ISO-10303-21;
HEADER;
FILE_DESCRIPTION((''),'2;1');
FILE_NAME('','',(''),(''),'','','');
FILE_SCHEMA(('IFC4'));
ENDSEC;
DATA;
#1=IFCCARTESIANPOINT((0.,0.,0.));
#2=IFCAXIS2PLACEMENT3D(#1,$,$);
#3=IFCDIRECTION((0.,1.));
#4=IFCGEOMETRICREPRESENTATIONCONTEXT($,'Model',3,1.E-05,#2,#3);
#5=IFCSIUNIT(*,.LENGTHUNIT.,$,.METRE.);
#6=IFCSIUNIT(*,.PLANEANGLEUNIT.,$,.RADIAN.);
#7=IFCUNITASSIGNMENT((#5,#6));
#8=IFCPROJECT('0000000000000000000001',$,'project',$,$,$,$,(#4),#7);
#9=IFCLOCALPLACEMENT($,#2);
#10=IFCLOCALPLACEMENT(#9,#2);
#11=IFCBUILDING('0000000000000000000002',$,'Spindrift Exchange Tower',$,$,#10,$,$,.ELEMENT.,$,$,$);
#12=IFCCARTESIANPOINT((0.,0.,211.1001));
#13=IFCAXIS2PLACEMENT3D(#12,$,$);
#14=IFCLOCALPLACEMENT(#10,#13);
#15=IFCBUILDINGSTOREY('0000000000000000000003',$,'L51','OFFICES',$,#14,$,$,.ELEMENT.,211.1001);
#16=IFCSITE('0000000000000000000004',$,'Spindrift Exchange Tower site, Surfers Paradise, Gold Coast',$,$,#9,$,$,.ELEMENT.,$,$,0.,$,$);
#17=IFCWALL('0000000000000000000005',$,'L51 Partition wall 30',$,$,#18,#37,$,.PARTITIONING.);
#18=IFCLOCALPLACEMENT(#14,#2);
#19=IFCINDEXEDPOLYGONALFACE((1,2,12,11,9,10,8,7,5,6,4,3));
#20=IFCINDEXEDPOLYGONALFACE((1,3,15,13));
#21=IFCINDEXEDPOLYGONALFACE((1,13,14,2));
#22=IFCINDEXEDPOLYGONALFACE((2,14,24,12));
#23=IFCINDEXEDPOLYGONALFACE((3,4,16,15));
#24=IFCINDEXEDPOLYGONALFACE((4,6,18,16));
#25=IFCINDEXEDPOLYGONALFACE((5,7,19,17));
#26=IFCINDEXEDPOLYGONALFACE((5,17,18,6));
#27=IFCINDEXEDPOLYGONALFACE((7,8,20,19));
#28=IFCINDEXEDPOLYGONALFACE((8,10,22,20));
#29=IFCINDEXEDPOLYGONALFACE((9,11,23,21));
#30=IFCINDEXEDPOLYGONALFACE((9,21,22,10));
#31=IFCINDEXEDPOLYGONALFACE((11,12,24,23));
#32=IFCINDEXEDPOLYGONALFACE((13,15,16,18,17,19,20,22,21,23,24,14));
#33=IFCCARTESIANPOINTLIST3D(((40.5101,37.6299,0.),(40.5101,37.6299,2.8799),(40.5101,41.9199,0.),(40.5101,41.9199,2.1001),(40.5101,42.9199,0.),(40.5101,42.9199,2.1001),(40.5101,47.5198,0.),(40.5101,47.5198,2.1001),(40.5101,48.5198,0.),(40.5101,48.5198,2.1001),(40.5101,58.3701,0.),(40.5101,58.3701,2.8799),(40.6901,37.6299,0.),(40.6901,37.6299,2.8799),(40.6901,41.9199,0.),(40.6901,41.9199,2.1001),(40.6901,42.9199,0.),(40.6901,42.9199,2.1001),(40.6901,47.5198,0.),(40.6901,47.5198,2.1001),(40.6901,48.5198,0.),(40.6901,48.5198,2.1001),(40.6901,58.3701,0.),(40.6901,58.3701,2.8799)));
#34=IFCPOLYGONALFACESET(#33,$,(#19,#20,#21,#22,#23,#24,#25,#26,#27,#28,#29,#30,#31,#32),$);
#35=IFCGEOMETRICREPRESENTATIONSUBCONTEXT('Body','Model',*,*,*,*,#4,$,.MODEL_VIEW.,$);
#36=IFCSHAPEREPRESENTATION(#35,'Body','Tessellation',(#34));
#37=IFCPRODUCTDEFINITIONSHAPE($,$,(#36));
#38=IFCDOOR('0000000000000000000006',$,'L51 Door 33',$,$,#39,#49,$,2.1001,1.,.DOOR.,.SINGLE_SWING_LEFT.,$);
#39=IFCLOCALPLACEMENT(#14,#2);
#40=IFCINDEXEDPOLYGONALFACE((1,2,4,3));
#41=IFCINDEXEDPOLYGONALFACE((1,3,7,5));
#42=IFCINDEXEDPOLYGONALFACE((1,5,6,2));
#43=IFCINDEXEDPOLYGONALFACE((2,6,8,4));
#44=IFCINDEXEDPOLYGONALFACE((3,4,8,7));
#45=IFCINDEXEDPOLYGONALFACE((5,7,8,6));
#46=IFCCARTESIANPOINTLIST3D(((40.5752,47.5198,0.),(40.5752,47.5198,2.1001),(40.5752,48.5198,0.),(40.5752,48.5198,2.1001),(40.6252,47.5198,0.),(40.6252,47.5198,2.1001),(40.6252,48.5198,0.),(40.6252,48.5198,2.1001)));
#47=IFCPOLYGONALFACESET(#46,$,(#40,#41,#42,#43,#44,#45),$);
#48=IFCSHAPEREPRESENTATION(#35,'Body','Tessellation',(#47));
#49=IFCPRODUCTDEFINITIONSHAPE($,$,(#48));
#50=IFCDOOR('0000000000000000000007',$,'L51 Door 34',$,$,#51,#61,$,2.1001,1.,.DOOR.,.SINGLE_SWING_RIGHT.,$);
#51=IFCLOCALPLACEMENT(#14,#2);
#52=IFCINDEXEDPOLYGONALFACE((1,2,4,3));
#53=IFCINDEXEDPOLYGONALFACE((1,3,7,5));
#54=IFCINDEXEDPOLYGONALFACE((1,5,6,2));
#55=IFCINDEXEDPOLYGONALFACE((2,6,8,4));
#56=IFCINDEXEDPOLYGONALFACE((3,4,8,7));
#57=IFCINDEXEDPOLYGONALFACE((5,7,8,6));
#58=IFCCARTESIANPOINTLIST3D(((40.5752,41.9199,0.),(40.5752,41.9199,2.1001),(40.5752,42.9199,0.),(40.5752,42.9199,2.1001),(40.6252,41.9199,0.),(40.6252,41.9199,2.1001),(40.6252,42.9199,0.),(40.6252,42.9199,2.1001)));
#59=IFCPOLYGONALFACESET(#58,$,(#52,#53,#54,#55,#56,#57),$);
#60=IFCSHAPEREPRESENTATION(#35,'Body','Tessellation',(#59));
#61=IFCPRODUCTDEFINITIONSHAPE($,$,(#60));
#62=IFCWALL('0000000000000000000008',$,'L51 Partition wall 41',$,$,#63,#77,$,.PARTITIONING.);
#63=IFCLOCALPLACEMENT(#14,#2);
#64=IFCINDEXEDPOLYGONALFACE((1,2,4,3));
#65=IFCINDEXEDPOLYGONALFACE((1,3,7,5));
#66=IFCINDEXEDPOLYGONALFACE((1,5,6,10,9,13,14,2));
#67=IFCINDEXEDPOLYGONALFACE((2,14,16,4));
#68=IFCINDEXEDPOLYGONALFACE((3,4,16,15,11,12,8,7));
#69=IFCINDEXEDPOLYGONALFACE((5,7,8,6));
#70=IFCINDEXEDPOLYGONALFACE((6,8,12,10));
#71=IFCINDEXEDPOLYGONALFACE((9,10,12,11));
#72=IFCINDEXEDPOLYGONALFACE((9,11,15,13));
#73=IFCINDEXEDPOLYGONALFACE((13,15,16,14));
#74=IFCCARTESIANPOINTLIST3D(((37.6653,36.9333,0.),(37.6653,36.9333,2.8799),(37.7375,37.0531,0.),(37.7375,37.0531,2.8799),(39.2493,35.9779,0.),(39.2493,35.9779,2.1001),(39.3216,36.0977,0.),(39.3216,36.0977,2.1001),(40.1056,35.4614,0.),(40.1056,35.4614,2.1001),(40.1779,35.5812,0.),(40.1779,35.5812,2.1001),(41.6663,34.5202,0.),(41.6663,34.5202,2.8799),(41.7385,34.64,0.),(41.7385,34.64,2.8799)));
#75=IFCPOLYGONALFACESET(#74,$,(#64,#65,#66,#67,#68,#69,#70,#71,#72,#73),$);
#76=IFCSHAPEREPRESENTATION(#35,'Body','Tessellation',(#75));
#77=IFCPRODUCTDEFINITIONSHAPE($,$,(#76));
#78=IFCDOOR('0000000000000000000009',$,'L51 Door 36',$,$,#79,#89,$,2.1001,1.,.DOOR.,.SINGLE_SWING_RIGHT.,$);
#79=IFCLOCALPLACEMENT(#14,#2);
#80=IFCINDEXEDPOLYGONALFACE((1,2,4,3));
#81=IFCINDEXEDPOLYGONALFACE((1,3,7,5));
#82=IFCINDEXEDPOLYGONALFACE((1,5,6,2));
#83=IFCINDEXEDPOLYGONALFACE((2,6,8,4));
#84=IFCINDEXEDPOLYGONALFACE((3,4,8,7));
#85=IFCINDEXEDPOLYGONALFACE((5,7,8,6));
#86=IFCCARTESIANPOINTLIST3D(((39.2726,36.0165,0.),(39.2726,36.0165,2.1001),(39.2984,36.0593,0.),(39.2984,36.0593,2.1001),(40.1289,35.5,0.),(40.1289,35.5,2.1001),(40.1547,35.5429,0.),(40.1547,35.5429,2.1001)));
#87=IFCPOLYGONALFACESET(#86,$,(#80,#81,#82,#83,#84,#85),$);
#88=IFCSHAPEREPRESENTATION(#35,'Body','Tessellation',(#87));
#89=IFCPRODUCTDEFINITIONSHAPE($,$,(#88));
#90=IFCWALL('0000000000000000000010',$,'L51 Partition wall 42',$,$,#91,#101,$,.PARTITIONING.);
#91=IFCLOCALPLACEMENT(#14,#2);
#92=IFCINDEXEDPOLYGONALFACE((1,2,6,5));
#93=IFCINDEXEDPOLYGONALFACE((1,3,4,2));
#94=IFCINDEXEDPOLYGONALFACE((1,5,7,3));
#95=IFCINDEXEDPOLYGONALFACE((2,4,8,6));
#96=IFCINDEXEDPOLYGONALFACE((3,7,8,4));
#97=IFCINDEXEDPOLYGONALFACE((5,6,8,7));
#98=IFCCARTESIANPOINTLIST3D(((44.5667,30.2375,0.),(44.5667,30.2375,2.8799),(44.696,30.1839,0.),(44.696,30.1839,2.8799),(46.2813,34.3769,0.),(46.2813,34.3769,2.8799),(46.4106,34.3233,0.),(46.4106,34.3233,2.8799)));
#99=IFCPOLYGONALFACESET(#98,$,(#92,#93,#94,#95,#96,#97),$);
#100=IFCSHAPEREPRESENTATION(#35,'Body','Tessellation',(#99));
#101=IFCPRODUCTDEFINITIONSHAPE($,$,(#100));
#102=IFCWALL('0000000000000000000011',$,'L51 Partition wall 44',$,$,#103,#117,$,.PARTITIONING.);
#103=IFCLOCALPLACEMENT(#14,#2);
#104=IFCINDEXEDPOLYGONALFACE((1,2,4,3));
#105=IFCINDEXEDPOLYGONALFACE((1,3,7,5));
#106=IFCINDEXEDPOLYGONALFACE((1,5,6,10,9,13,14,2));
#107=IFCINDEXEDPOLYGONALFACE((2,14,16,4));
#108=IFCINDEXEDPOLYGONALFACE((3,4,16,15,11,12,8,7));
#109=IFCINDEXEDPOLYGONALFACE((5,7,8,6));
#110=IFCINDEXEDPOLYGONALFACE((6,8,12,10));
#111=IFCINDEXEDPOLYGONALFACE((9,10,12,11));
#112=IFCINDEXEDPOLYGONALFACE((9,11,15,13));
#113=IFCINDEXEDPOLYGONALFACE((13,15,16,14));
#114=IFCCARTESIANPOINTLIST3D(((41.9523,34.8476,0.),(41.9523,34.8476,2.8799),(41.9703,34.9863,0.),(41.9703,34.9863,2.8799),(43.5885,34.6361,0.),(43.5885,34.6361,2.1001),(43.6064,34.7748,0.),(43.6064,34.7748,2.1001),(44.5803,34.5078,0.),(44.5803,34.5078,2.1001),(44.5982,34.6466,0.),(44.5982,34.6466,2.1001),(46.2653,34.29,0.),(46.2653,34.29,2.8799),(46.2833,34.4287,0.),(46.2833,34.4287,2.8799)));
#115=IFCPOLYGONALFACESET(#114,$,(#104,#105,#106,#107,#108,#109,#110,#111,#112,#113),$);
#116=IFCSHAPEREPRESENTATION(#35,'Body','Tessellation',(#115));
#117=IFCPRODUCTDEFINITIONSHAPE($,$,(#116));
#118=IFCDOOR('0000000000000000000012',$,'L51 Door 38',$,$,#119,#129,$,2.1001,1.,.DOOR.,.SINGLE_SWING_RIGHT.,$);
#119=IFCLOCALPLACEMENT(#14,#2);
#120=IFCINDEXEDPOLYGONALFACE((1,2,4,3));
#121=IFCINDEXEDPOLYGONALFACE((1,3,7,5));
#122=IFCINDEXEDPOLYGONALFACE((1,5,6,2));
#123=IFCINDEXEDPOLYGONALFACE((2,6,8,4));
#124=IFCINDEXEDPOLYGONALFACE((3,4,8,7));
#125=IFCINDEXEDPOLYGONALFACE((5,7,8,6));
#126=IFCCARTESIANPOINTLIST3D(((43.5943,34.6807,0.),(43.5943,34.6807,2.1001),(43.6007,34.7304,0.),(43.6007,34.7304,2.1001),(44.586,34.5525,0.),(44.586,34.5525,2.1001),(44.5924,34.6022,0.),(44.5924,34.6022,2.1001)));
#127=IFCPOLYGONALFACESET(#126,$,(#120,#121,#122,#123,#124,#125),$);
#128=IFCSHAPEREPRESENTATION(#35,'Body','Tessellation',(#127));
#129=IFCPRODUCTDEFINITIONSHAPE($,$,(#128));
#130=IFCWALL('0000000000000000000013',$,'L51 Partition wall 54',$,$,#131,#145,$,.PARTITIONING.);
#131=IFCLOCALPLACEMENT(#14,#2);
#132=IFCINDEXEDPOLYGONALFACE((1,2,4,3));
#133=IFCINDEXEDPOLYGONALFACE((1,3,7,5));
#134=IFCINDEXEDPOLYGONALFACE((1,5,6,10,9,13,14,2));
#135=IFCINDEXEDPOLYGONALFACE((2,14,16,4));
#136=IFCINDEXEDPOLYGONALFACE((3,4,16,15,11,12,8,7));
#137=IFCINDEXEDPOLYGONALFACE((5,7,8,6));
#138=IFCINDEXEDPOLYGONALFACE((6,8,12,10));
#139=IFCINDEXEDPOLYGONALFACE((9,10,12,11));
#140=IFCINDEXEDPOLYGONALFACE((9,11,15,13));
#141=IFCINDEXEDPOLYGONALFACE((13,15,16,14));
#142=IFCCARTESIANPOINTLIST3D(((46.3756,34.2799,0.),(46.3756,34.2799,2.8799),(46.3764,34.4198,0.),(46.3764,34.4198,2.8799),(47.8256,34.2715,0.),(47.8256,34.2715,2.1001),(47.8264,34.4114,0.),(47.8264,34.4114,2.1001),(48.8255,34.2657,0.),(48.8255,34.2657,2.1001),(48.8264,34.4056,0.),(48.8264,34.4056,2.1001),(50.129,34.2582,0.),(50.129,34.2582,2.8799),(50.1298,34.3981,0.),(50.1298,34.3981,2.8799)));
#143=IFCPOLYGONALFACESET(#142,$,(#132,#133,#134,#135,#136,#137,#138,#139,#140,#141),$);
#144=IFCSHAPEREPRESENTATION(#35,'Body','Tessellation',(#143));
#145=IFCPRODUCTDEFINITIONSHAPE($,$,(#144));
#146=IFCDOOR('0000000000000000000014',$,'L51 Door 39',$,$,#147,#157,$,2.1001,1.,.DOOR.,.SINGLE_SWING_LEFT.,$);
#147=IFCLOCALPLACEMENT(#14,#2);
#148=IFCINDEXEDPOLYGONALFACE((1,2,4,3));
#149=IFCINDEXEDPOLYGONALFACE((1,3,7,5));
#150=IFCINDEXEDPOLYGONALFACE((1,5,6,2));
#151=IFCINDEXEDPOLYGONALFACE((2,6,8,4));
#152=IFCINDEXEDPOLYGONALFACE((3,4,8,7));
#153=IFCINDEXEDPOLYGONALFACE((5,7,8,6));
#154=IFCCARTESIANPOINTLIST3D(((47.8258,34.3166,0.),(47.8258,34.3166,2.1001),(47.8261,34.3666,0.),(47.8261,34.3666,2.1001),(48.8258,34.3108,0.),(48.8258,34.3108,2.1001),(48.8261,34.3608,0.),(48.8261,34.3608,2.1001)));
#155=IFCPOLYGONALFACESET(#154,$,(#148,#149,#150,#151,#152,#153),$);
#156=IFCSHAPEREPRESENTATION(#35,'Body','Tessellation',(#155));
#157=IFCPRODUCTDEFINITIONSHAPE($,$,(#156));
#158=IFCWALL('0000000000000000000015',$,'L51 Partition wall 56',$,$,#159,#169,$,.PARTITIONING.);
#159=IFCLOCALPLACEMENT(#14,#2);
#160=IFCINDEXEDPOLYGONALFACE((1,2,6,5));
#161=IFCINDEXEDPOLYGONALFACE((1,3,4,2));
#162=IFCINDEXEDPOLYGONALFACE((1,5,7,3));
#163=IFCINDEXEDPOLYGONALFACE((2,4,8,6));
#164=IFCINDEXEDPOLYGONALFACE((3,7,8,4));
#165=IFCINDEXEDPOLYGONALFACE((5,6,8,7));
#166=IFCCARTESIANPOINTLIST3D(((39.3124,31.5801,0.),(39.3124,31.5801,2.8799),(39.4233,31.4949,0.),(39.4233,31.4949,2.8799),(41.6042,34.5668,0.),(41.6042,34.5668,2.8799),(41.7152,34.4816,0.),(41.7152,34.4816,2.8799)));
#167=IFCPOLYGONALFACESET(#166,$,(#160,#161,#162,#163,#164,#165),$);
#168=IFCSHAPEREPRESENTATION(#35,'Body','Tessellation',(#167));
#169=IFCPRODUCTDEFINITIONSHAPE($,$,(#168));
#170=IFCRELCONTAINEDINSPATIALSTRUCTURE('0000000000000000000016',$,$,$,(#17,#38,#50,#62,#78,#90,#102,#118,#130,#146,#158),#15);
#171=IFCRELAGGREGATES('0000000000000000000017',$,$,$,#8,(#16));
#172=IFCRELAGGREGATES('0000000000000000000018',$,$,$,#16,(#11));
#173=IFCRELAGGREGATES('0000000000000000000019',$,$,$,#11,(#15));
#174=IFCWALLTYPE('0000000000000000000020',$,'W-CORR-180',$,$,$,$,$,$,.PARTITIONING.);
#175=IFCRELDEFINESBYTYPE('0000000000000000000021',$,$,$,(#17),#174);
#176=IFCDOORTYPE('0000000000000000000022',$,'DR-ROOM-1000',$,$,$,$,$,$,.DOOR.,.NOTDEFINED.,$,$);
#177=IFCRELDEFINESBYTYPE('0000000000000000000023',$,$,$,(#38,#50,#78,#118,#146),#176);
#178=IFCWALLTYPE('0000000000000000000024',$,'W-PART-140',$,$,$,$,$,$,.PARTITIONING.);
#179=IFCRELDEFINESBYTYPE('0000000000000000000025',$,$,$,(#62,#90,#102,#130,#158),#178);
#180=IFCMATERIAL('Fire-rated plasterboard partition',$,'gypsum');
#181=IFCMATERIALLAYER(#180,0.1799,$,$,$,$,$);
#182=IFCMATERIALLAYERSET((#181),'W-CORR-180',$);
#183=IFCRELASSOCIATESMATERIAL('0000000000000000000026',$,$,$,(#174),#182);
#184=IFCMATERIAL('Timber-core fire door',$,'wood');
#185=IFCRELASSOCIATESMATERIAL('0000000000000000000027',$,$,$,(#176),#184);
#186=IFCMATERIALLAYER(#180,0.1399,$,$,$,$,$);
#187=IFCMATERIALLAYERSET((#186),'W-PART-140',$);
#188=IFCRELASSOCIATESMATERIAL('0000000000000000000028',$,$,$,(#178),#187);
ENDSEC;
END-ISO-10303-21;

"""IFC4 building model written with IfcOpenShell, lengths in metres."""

from ifc_helpers import new_model, si_unit, direction, frame, frame_2d, origin, place, context, subcontext, project, spatial, rectangle, extrude, source, transform, mapped, material, layer, layer_set, type_object, element, fill, save


model = new_model("IFC4")

# Units and contexts
model_context = context("Model", 3, precision=1e-05, world=origin(), true_north=direction((0.0, 1.0)))
body_context = subcontext(model_context, "Body", "Model", "MODEL_VIEW")
ifc_project = project(units=[si_unit("LENGTHUNIT", "METRE"), si_unit("PLANEANGLEUNIT", "RADIAN")], contexts=[model_context])

# Site, building, storey
site_placement = place(None, origin())
site = spatial("IfcSite", under=ifc_project, at=site_placement, Name="Spindrift Exchange Tower site, Surfers Paradise, Gold Coast", CompositionType="ELEMENT", RefElevation=0.0)
building_placement = place(site_placement, origin())
building = spatial("IfcBuilding", under=site, at=building_placement, Name="Spindrift Exchange Tower", CompositionType="ELEMENT")
storey_placement = place(building_placement, frame((0.0, 0.0, 211.1001)))
storey = spatial("IfcBuildingStorey", under=building, at=storey_placement, Name="L51", Description="OFFICES", CompositionType="ELEMENT", Elevation=211.1001)

# Wall, openings, doors
ifc_material_1 = material(Name="Timber-core fire door", Category="wood")
ifc_material_2 = material(Name="Fire-rated plasterboard partition", Category="gypsum")
ifc_layer_1 = layer(ifc_material_2, 0.1799)
ifc_layer_set_1 = layer_set([ifc_layer_1], Name="W-CORR-180")
wall_type_1 = type_object("IfcWallType", Name="W-CORR-180", PredefinedType="PARTITIONING", material=ifc_layer_set_1)
wall_1_placement = place(storey_placement, frame((40.6001, 37.6299, 0.0), z_axis=(0.0, 0.0, 1.0), x_axis=(0.0, 1.0, 0.0)))
wall_1 = element("IfcWall", 1, at=wall_1_placement, inside=storey, type_object=wall_type_1, Name="L51 Partition wall 30", PredefinedType="PARTITIONING", context=body_context, shape_type="SweptSolid", body=[
    extrude(rectangle(XDim=20.7402, YDim=0.1799, at=frame_2d((10.3701, 0.0))), origin(), (0.0, 0.0, 1.0), 2.8799),
])
opening_1_placement = place(wall_1_placement, frame((9.8899, 0.0, 0.0)))
opening_1 = element("IfcOpeningElement", 2, at=opening_1_placement, cuts=wall_1, PredefinedType="OPENING", context=body_context, shape_type="SweptSolid", body=[
    extrude(rectangle(XDim=1.0, YDim=2.1001, at=frame_2d((0.5, 1.05))), frame((0.0, 0.0999, 0.0), z_axis=(0.0, -1.0, 0.0), x_axis=(1.0, 0.0, 0.0)), (0.0, 0.0, 1.0), 0.2),
])
opening_2_placement = place(wall_1_placement, frame((4.29, 0.0, 0.0)))
opening_2 = element("IfcOpeningElement", 3, at=opening_2_placement, cuts=wall_1, PredefinedType="OPENING", context=body_context, shape_type="SweptSolid", body=[
    extrude(rectangle(XDim=1.0, YDim=2.1001, at=frame_2d((0.5, 1.05))), frame((0.0, 0.0999, 0.0), z_axis=(0.0, -1.0, 0.0), x_axis=(1.0, 0.0, 0.0)), (0.0, 0.0, 1.0), 0.2),
])
door_type_1 = type_object("IfcDoorType", Name="DR-ROOM-1000", OperationType="NOTDEFINED", PredefinedType="DOOR", material=ifc_material_1)
shared_shape_1 = source(origin(), body_context, "Body", "SweptSolid", [
    extrude(rectangle(XDim=1.0, YDim=2.1001, at=frame_2d((0.5, 1.05))), frame((0.0, 0.0249, 0.0), z_axis=(0.0, -1.0, 0.0), x_axis=(1.0, 0.0, 0.0)), (0.0, 0.0, 1.0), 0.05),
])
door_1_placement = place(opening_1_placement, origin())
door_1 = element("IfcDoor", 4, at=door_1_placement, inside=storey, type_object=door_type_1, Name="L51 Door 33", OperationType="SINGLE_SWING_LEFT", OverallHeight=2.1001, OverallWidth=1.0, PredefinedType="DOOR", context=body_context, shape_type="MappedRepresentation", body=[
    mapped(shared_shape_1, transform((0.0, 0.0, 0.0), scale=1.0)),
])
fill(opening_1, door_1)
door_2_placement = place(opening_2_placement, origin())
door_2 = element("IfcDoor", 5, at=door_2_placement, inside=storey, type_object=door_type_1, Name="L51 Door 34", OperationType="SINGLE_SWING_RIGHT", OverallHeight=2.1001, OverallWidth=1.0, PredefinedType="DOOR", context=body_context, shape_type="MappedRepresentation", body=[
    mapped(shared_shape_1, transform((0.0, 0.0, 0.0), scale=1.0)),
])
fill(opening_2, door_2)

# Wall, opening, door
ifc_layer_2 = layer(ifc_material_2, 0.1399)
ifc_layer_set_2 = layer_set([ifc_layer_2], Name="W-PART-140")
wall_type_2 = type_object("IfcWallType", Name="W-PART-140", PredefinedType="PARTITIONING", material=ifc_layer_set_2)
wall_2_placement = place(storey_placement, frame((41.7024, 34.5801, 0.0), z_axis=(0.0, 0.0, 1.0), x_axis=(-0.85631, 0.516462, 0.0)))
wall_2 = element("IfcWall", 6, at=wall_2_placement, inside=storey, type_object=wall_type_2, Name="L51 Partition wall 41", PredefinedType="PARTITIONING", context=body_context, shape_type="SweptSolid", body=[
    extrude(rectangle(XDim=4.6724, YDim=0.1399, at=frame_2d((2.3362, 0.0))), origin(), (0.0, 0.0, 1.0), 2.8799),
])
opening_3_placement = place(wall_2_placement, frame((1.8225, 0.0, 0.0)))
opening_3 = element("IfcOpeningElement", 7, at=opening_3_placement, cuts=wall_2, PredefinedType="OPENING", context=body_context, shape_type="SweptSolid", body=[
    extrude(rectangle(XDim=1.0, YDim=2.1001, at=frame_2d((0.5, 1.05))), frame((0.0, 0.0798, 0.0), z_axis=(0.0, -1.0, 0.0), x_axis=(1.0, 0.0, 0.0)), (0.0, 0.0, 1.0), 0.1599),
])
door_3_placement = place(opening_3_placement, origin())
door_3 = element("IfcDoor", 8, at=door_3_placement, inside=storey, type_object=door_type_1, Name="L51 Door 36", OperationType="SINGLE_SWING_RIGHT", OverallHeight=2.1001, OverallWidth=1.0, PredefinedType="DOOR", context=body_context, shape_type="MappedRepresentation", body=[
    mapped(shared_shape_1, transform((0.0, 0.0, 0.0), scale=1.0)),
])
fill(opening_3, door_3)

# Wall
wall_3_placement = place(storey_placement, frame((46.3459, 34.3501, 0.0), z_axis=(0.0, 0.0, 1.0), x_axis=(-0.382684, -0.923879, 0.0)))
element("IfcWall", 9, at=wall_3_placement, inside=storey, type_object=wall_type_2, Name="L51 Partition wall 42", PredefinedType="PARTITIONING", context=body_context, shape_type="SweptSolid", body=[
    extrude(rectangle(XDim=4.4805, YDim=0.1399, at=frame_2d((2.2402, 0.0))), origin(), (0.0, 0.0, 1.0), 2.8799),
])

# Walls, openings, doors
wall_4_placement = place(storey_placement, frame((46.2742, 34.3594, 0.0), z_axis=(0.0, 0.0, 1.0), x_axis=(-0.991746, 0.128221, 0.0)))
wall_4 = element("IfcWall", 10, at=wall_4_placement, inside=storey, type_object=wall_type_2, Name="L51 Partition wall 44", PredefinedType="PARTITIONING", context=body_context, shape_type="SweptSolid", body=[
    extrude(rectangle(XDim=4.3489, YDim=0.1399, at=frame_2d((2.1743, 0.0))), origin(), (0.0, 0.0, 1.0), 2.8799),
])
opening_4_placement = place(wall_4_placement, frame((1.699, 0.0, 0.0)))
opening_4 = element("IfcOpeningElement", 11, at=opening_4_placement, cuts=wall_4, PredefinedType="OPENING", context=body_context, shape_type="SweptSolid", body=[
    extrude(rectangle(XDim=1.0, YDim=2.1001, at=frame_2d((0.5, 1.05))), frame((0.0, 0.0798, 0.0), z_axis=(0.0, -1.0, 0.0), x_axis=(1.0, 0.0, 0.0)), (0.0, 0.0, 1.0), 0.1599),
])
door_4_placement = place(opening_4_placement, origin())
door_4 = element("IfcDoor", 12, at=door_4_placement, inside=storey, type_object=door_type_1, Name="L51 Door 38", OperationType="SINGLE_SWING_RIGHT", OverallHeight=2.1001, OverallWidth=1.0, PredefinedType="DOOR", context=body_context, shape_type="MappedRepresentation", body=[
    mapped(shared_shape_1, transform((0.0, 0.0, 0.0), scale=1.0)),
])
fill(opening_4, door_4)
wall_5_placement = place(storey_placement, frame((50.1294, 34.3281, 0.0), z_axis=(0.0, 0.0, 1.0), x_axis=(-0.999983, 0.005789, 0.0)))
wall_5 = element("IfcWall", 13, at=wall_5_placement, inside=storey, type_object=wall_type_2, Name="L51 Partition wall 54", PredefinedType="PARTITIONING", context=body_context, shape_type="SweptSolid", body=[
    extrude(rectangle(XDim=3.7534, YDim=0.1399, at=frame_2d((1.8767, 0.0))), origin(), (0.0, 0.0, 1.0), 2.8799),
])
opening_5_placement = place(wall_5_placement, frame((1.3035, 0.0, 0.0)))
opening_5 = element("IfcOpeningElement", 14, at=opening_5_placement, cuts=wall_5, PredefinedType="OPENING", context=body_context, shape_type="SweptSolid", body=[
    extrude(rectangle(XDim=1.0, YDim=2.1001, at=frame_2d((0.5, 1.05))), frame((0.0, 0.0798, 0.0), z_axis=(0.0, -1.0, 0.0), x_axis=(1.0, 0.0, 0.0)), (0.0, 0.0, 1.0), 0.1599),
])
door_5_placement = place(opening_5_placement, origin())
door_5 = element("IfcDoor", 15, at=door_5_placement, inside=storey, type_object=door_type_1, Name="L51 Door 39", OperationType="SINGLE_SWING_LEFT", OverallHeight=2.1001, OverallWidth=1.0, PredefinedType="DOOR", context=body_context, shape_type="MappedRepresentation", body=[
    mapped(shared_shape_1, transform((0.0, 0.0, 0.0), scale=1.0)),
])
fill(opening_5, door_5)

# Wall
wall_6_placement = place(storey_placement, frame((41.6597, 34.5242, 0.0), z_axis=(0.0, 0.0, 1.0), x_axis=(-0.608773, -0.793344, 0.0)))
element("IfcWall", 16, at=wall_6_placement, inside=storey, type_object=wall_type_2, Name="L51 Partition wall 56", PredefinedType="PARTITIONING", context=body_context, shape_type="SweptSolid", body=[
    extrude(rectangle(XDim=3.7646, YDim=0.1399, at=frame_2d((1.8823, 0.0))), origin(), (0.0, 0.0, 1.0), 2.8799),
])

save(model, "model.ifc")
